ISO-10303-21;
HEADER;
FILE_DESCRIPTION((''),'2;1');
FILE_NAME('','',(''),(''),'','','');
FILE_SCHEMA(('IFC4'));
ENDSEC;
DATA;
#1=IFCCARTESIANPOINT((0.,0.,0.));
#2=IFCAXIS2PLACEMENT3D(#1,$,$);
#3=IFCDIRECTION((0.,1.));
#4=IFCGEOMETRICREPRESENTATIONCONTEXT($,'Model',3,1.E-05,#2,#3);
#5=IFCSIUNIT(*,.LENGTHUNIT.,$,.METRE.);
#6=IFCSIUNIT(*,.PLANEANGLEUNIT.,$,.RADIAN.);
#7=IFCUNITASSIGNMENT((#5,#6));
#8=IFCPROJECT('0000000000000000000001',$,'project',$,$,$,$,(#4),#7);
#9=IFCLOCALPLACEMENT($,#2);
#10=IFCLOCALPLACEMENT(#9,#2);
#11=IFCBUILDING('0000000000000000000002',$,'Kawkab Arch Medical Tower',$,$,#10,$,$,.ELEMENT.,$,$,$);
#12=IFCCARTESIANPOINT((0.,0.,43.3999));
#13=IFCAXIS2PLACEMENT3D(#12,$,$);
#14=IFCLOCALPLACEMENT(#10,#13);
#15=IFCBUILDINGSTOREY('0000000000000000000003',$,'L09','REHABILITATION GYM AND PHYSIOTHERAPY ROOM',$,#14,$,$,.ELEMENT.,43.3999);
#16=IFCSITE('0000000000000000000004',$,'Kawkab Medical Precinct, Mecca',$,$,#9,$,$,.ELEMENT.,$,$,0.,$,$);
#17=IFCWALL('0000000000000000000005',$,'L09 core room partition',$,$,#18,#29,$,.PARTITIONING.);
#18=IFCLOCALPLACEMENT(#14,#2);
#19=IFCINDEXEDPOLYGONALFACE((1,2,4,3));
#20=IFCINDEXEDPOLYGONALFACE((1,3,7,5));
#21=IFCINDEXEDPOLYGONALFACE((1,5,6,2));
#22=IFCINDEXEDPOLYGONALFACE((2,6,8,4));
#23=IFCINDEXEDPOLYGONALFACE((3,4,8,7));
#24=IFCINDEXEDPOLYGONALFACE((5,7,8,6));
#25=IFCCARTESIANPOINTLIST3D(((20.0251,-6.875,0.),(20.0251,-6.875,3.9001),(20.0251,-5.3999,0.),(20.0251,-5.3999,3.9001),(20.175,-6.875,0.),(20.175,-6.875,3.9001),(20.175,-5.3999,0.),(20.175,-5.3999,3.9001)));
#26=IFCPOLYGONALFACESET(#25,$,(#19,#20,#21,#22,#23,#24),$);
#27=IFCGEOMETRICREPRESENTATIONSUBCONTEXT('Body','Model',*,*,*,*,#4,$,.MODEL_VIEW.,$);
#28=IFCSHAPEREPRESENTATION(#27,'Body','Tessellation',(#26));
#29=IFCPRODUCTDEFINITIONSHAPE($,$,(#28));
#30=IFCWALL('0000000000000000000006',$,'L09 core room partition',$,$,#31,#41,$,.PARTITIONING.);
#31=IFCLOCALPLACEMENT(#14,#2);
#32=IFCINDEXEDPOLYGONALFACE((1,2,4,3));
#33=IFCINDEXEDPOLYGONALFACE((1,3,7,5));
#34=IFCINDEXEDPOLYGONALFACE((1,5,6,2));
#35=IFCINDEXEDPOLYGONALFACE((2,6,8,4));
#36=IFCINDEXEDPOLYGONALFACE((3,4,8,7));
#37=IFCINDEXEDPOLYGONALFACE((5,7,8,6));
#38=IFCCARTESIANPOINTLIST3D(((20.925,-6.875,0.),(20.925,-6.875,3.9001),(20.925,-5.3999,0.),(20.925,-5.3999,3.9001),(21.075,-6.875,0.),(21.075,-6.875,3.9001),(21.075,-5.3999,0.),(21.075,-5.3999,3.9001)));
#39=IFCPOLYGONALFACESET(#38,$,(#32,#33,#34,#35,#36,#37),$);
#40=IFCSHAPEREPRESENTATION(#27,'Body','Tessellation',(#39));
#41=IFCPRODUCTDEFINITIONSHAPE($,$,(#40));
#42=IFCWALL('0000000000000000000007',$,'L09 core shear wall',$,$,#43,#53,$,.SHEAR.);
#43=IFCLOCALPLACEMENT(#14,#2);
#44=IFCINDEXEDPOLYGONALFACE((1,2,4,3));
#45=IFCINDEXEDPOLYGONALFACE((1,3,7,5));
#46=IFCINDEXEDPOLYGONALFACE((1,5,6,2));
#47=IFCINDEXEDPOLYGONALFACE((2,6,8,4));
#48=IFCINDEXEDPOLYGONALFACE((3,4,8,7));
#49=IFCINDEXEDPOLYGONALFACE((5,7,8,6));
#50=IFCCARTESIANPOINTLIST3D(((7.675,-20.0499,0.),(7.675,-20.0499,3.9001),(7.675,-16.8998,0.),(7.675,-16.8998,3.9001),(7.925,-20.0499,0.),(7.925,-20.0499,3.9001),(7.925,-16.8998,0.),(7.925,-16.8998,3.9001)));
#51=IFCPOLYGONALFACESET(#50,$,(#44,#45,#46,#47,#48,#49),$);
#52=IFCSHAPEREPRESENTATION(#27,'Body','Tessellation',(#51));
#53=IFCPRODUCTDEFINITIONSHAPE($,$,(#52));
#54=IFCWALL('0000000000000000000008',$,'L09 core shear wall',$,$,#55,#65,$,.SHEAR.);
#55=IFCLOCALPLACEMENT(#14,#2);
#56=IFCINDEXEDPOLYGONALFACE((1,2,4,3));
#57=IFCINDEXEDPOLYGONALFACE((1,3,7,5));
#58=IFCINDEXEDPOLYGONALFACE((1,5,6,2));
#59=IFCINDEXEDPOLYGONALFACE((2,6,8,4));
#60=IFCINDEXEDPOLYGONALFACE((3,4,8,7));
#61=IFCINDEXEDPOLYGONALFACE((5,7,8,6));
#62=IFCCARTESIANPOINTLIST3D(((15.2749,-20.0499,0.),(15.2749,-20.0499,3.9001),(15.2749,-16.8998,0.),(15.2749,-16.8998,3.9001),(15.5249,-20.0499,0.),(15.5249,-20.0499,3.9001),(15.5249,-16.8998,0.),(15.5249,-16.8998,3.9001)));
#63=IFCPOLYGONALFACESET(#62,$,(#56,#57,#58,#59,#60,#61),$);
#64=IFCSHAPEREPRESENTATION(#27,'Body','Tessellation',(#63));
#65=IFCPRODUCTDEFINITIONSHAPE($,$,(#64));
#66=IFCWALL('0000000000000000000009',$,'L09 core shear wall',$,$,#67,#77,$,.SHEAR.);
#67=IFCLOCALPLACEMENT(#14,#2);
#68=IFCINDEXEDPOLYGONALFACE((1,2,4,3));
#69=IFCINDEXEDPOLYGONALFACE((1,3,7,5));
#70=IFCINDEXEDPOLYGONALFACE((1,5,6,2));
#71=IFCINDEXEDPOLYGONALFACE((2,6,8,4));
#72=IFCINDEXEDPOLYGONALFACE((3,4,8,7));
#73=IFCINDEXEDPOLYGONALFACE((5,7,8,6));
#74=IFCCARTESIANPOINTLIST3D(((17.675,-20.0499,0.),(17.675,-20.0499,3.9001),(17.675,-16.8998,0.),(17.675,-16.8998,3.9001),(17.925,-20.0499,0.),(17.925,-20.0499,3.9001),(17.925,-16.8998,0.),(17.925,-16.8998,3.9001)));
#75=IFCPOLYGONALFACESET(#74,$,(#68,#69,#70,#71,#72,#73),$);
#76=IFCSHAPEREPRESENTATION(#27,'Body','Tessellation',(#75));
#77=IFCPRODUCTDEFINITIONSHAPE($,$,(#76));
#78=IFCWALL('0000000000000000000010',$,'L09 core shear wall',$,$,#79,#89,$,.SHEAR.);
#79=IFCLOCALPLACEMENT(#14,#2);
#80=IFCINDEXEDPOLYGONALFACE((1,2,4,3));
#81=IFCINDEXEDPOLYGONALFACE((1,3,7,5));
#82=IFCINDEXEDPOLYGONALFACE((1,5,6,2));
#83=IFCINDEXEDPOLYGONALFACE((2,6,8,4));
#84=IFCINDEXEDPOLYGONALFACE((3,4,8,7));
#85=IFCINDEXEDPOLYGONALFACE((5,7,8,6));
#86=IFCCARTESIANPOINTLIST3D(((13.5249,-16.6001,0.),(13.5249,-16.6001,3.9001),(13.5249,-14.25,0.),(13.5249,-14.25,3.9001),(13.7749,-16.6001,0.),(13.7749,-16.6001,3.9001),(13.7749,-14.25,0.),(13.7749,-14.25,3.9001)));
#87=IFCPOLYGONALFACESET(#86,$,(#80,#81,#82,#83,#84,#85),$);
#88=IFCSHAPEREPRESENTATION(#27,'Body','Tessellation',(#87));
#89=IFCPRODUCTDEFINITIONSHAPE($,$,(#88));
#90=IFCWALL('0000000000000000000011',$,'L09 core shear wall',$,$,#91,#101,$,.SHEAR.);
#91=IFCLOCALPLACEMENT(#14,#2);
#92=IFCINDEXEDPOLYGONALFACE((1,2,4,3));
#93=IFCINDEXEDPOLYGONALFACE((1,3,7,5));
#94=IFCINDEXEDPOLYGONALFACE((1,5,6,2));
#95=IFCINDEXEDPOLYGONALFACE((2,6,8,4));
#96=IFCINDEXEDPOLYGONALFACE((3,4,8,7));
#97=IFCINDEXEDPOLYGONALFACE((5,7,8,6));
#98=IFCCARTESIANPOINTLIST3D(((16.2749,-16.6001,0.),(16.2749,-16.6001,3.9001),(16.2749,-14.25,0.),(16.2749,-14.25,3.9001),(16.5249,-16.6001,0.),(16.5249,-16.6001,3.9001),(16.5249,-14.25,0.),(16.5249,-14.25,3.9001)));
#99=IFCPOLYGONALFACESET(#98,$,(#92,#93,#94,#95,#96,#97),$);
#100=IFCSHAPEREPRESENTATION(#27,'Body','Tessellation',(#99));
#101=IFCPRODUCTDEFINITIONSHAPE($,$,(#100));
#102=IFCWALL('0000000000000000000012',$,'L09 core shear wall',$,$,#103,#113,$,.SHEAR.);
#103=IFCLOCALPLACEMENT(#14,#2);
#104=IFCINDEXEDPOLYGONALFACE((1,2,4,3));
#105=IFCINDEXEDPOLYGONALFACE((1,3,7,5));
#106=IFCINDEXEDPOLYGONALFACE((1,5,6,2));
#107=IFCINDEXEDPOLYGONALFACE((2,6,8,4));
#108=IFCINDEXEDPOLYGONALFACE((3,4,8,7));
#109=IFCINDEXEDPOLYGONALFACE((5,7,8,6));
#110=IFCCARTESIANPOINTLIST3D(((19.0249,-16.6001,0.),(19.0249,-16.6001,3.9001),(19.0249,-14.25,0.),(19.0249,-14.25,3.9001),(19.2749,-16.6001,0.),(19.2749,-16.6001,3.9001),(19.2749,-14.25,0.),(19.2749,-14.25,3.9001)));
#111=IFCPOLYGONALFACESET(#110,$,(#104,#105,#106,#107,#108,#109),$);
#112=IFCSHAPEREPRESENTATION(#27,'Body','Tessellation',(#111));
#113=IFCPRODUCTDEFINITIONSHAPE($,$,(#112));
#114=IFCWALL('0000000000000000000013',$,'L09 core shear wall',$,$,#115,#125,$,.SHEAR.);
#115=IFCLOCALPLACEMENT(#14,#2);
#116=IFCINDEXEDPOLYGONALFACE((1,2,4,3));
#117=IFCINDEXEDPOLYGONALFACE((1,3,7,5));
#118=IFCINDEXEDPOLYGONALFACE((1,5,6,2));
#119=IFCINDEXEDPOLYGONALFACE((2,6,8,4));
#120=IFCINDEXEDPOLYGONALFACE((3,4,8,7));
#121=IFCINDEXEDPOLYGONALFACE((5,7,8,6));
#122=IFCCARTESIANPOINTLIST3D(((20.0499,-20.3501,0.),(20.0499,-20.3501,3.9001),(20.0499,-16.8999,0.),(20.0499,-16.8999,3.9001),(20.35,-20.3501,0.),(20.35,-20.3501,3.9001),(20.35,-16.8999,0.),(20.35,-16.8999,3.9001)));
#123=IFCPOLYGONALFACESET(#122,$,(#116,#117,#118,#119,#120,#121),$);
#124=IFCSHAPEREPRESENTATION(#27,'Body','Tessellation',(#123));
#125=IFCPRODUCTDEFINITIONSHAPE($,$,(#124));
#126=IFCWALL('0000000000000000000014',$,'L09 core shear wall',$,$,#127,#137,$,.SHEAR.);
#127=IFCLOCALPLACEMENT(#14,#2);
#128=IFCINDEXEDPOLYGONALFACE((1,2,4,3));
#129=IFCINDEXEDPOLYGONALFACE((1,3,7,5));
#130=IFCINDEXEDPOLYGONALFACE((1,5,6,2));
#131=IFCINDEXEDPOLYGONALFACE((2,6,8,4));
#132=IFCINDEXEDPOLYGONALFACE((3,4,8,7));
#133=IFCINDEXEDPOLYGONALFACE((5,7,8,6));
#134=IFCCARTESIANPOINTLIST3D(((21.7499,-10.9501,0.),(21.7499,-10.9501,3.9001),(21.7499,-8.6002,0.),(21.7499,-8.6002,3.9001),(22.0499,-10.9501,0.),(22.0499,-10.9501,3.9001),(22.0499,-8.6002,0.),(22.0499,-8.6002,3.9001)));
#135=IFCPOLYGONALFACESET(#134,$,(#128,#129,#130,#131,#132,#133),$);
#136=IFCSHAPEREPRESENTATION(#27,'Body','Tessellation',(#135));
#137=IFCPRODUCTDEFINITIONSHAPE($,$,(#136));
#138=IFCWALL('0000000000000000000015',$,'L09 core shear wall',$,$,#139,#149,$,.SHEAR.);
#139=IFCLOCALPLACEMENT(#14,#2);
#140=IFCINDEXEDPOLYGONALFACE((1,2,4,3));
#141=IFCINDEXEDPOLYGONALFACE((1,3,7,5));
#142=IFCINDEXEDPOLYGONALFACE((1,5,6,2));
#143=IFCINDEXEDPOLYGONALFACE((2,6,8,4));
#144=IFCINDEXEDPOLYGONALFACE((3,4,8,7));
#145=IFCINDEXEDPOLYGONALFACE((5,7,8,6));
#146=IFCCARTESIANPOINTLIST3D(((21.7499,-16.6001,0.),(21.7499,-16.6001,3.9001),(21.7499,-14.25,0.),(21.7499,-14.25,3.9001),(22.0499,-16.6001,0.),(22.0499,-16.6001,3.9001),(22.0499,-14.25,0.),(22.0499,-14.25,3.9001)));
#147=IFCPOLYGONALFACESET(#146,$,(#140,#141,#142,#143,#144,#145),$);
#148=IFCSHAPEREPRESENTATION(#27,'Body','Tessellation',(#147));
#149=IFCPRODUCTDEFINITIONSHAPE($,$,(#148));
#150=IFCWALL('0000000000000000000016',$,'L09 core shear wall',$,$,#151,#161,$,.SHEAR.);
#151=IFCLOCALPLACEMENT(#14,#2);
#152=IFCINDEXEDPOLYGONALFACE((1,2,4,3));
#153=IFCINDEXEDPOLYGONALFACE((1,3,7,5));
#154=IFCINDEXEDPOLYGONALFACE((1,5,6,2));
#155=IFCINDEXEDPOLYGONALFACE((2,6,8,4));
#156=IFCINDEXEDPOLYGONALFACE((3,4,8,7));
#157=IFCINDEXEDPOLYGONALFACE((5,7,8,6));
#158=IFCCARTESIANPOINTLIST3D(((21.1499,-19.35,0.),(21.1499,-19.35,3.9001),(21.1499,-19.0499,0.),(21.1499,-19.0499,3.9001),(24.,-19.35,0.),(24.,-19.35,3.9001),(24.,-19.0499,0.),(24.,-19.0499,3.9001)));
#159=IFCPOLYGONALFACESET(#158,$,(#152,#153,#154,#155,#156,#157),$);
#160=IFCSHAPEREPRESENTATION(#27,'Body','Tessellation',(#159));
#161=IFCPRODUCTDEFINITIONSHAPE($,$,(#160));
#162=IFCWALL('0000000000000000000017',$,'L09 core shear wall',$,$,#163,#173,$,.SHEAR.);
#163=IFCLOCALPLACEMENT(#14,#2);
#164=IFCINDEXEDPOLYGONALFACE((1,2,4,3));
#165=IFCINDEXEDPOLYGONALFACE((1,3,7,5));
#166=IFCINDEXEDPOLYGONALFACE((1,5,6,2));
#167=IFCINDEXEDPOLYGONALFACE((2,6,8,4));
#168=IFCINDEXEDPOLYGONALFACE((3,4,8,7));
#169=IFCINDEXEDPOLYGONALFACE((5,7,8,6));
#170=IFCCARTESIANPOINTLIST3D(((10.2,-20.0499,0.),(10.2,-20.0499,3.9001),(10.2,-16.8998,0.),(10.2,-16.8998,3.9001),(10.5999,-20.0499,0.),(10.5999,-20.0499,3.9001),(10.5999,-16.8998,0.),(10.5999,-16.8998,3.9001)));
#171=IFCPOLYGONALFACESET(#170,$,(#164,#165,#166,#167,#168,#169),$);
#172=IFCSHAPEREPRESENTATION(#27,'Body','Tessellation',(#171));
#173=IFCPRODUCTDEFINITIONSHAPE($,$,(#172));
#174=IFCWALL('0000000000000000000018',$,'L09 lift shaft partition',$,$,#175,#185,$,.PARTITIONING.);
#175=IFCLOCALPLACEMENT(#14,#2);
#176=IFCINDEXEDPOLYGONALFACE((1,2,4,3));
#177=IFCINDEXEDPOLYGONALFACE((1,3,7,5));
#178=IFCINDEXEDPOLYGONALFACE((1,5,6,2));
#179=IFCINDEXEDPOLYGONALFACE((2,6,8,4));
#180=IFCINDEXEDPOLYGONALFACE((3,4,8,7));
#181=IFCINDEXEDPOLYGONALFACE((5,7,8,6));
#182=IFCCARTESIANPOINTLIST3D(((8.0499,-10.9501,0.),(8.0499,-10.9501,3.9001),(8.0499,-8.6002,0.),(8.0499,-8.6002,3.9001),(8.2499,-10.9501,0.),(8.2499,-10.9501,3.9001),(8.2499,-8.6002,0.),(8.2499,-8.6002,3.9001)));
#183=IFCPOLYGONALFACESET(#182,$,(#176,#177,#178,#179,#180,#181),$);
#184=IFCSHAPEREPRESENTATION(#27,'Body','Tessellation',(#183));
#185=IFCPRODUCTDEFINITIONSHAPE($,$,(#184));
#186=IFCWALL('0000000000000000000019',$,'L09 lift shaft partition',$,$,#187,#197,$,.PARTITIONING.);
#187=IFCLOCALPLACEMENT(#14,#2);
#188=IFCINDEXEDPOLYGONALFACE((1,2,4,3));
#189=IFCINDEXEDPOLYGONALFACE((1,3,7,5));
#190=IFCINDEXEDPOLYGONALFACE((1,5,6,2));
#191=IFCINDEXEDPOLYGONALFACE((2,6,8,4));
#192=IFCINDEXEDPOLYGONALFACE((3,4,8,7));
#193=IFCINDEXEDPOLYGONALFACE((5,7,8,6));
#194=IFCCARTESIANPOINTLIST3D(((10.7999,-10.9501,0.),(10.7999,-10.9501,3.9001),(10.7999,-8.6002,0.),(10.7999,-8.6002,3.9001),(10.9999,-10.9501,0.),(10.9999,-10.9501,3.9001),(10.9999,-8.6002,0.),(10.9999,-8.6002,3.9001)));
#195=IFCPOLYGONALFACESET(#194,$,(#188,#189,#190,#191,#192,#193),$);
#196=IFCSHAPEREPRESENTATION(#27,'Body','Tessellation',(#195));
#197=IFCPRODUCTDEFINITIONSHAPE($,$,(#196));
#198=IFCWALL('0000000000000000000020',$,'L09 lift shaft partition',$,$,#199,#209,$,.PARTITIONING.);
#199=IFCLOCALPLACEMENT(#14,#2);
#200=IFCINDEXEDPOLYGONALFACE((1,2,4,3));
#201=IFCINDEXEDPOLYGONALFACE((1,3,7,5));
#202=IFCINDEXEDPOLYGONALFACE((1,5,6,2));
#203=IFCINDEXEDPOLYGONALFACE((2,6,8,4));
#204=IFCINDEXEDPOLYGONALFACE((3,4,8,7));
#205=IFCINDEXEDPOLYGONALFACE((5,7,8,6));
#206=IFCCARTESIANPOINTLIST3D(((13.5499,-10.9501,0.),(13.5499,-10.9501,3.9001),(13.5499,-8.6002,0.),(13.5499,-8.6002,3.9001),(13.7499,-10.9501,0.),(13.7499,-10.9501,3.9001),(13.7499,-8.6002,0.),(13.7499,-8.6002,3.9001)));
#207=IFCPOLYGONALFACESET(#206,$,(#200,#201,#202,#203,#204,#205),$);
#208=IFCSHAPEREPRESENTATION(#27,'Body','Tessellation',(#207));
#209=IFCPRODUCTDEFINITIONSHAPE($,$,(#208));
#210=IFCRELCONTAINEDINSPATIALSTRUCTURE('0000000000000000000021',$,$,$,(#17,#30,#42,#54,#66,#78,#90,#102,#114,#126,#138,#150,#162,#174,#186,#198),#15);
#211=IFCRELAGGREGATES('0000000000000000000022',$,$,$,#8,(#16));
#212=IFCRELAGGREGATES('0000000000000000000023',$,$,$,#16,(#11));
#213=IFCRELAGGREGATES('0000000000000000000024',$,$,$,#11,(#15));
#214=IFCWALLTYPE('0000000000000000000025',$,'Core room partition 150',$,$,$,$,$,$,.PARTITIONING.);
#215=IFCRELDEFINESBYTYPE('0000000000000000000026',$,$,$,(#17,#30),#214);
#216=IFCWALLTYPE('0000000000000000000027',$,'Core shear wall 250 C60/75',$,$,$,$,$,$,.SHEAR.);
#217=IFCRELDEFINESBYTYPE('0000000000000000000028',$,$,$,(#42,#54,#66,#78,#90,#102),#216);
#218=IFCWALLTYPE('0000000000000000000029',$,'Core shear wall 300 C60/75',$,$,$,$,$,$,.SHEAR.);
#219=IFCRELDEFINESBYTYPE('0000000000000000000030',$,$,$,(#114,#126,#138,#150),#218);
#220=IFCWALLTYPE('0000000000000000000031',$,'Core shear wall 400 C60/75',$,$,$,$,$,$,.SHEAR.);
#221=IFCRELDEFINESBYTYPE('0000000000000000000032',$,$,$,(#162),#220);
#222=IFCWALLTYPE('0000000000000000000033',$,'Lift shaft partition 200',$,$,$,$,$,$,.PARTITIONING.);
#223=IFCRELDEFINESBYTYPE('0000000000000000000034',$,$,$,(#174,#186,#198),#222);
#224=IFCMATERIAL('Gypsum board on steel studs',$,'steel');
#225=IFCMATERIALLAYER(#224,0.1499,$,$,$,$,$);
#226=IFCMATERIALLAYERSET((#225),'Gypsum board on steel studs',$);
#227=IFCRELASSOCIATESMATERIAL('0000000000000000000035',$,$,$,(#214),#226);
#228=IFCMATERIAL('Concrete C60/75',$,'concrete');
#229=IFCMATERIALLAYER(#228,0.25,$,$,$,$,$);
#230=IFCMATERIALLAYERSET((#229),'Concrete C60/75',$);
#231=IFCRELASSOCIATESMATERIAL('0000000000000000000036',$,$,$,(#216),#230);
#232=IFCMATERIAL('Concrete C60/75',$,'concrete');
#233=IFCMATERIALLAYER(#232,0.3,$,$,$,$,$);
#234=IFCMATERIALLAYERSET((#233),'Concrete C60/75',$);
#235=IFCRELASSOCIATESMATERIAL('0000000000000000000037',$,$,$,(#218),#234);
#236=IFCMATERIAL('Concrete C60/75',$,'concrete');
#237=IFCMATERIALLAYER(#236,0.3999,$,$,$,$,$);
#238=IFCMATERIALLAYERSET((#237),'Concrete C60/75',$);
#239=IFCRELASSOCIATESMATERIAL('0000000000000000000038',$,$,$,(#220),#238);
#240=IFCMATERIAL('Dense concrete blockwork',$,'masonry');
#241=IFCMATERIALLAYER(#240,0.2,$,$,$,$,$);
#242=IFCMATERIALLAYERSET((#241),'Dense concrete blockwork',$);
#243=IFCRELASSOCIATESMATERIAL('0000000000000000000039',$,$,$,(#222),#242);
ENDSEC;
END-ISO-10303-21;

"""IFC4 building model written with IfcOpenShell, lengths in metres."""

from ifc_helpers import new_model, si_unit, direction, frame, frame_2d, origin, place, context, subcontext, project, spatial, rectangle, extrude, material, layer, layer_set, type_object, element, save


model = new_model("IFC4")

# Units and contexts
model_context = context("Model", 3, precision=1e-05, world=origin(), true_north=direction((0.0, 1.0)))
body_context = subcontext(model_context, "Body", "Model", "MODEL_VIEW")
ifc_project = project(units=[si_unit("LENGTHUNIT", "METRE"), si_unit("PLANEANGLEUNIT", "RADIAN")], contexts=[model_context])

# Site, building, storey
site_placement = place(None, origin())
site = spatial("IfcSite", under=ifc_project, at=site_placement, Name="Kawkab Medical Precinct, Mecca", CompositionType="ELEMENT", RefElevation=0.0)
building_placement = place(site_placement, origin())
building = spatial("IfcBuilding", under=site, at=building_placement, Name="Kawkab Arch Medical Tower", CompositionType="ELEMENT")
storey_placement = place(building_placement, frame((0.0, 0.0, 43.3999)))
storey = spatial("IfcBuildingStorey", under=building, at=storey_placement, Name="L09", Description="REHABILITATION GYM AND PHYSIOTHERAPY ROOM", CompositionType="ELEMENT", Elevation=43.3999)

# Shared definitions
ifc_material_1 = material(Name="Gypsum board on steel studs", Category="steel")
ifc_layer_1 = layer(ifc_material_1, 0.1499)
ifc_layer_set_1 = layer_set([ifc_layer_1], Name="Gypsum board on steel studs")
wall_type_1 = type_object("IfcWallType", Name="Core room partition 150", PredefinedType="PARTITIONING", material=ifc_layer_set_1)

# Walls
for number, where, z_axis, x_axis, name in (
    (1, (20.1001, -6.875, 0.0), (0.0, 0.0, 1.0), (0.0, 1.0, 0.0), "L09 core room partition"),
    (2, (21.0, -6.875, 0.0), (0.0, 0.0, 1.0), (0.0, 1.0, 0.0), "L09 core room partition"),
):
    element("IfcWall", number, at=place(storey_placement, frame(where, z_axis=z_axis, x_axis=x_axis)), inside=storey, type_object=wall_type_1, Name=name, PredefinedType="PARTITIONING", context=body_context, shape_type="SweptSolid", body=[
        extrude(rectangle(XDim=1.4751, YDim=0.1499, at=frame_2d((0.7375, 0.0))), origin(), (0.0, 0.0, 1.0), 3.9001),
    ])
ifc_material_2 = material(Name="Concrete C60/75", Category="concrete")
ifc_layer_2 = layer(ifc_material_2, 0.25)
ifc_layer_set_2 = layer_set([ifc_layer_2], Name="Concrete C60/75")
wall_type_2 = type_object("IfcWallType", Name="Core shear wall 250 C60/75", PredefinedType="SHEAR", material=ifc_layer_set_2)
for number, where, z_axis, x_axis, name in (
    (3, (7.8, -20.05, 0.0), (0.0, 0.0, 1.0), (0.0, 1.0, 0.0), "L09 core shear wall"),
    (4, (15.3999, -20.05, 0.0), (0.0, 0.0, 1.0), (0.0, 1.0, 0.0), "L09 core shear wall"),
    (5, (17.8, -20.05, 0.0), (0.0, 0.0, 1.0), (0.0, 1.0, 0.0), "L09 core shear wall"),
):
    element("IfcWall", number, at=place(storey_placement, frame(where, z_axis=z_axis, x_axis=x_axis)), inside=storey, type_object=wall_type_2, Name=name, PredefinedType="SHEAR", context=body_context, shape_type="SweptSolid", body=[
        extrude(rectangle(XDim=3.1501, YDim=0.25, at=frame_2d((1.5752, 0.0))), origin(), (0.0, 0.0, 1.0), 3.9001),
    ])
for number, where, z_axis, x_axis, name in (
    (6, (13.6499, -16.6001, 0.0), (0.0, 0.0, 1.0), (0.0, 1.0, 0.0), "L09 core shear wall"),
    (7, (16.3999, -16.6001, 0.0), (0.0, 0.0, 1.0), (0.0, 1.0, 0.0), "L09 core shear wall"),
    (8, (19.1499, -16.6001, 0.0), (0.0, 0.0, 1.0), (0.0, 1.0, 0.0), "L09 core shear wall"),
):
    element("IfcWall", number, at=place(storey_placement, frame(where, z_axis=z_axis, x_axis=x_axis)), inside=storey, type_object=wall_type_2, Name=name, PredefinedType="SHEAR", context=body_context, shape_type="SweptSolid", body=[
        extrude(rectangle(XDim=2.3501, YDim=0.25, at=frame_2d((1.175, 0.0))), origin(), (0.0, 0.0, 1.0), 3.9001),
    ])
ifc_material_3 = material(Name="Concrete C60/75", Category="concrete")
ifc_layer_3 = layer(ifc_material_3, 0.3)
ifc_layer_set_3 = layer_set([ifc_layer_3], Name="Concrete C60/75")
wall_type_3 = type_object("IfcWallType", Name="Core shear wall 300 C60/75", PredefinedType="SHEAR", material=ifc_layer_set_3)
wall_1_placement = place(storey_placement, frame((20.2, -20.3501, 0.0), z_axis=(0.0, 0.0, 1.0), x_axis=(0.0, 1.0, 0.0)))
element("IfcWall", 9, at=wall_1_placement, inside=storey, type_object=wall_type_3, Name="L09 core shear wall", PredefinedType="SHEAR", context=body_context, shape_type="SweptSolid", body=[
    extrude(rectangle(XDim=3.4502, YDim=0.3, at=frame_2d((1.7251, 0.0))), origin(), (0.0, 0.0, 1.0), 3.9001),
])
wall_2_placement = place(storey_placement, frame((21.8999, -10.95, 0.0), z_axis=(0.0, 0.0, 1.0), x_axis=(0.0, 1.0, 0.0)))
element("IfcWall", 10, at=wall_2_placement, inside=storey, type_object=wall_type_3, Name="L09 core shear wall", PredefinedType="SHEAR", context=body_context, shape_type="SweptSolid", body=[
    extrude(rectangle(XDim=2.3499, YDim=0.3, at=frame_2d((1.1748, 0.0))), origin(), (0.0, 0.0, 1.0), 3.9001),
])
wall_3_placement = place(storey_placement, frame((21.8999, -16.6001, 0.0), z_axis=(0.0, 0.0, 1.0), x_axis=(0.0, 1.0, 0.0)))
element("IfcWall", 11, at=wall_3_placement, inside=storey, type_object=wall_type_3, Name="L09 core shear wall", PredefinedType="SHEAR", context=body_context, shape_type="SweptSolid", body=[
    extrude(rectangle(XDim=2.3501, YDim=0.3, at=frame_2d((1.175, 0.0))), origin(), (0.0, 0.0, 1.0), 3.9001),
])
wall_4_placement = place(storey_placement, frame((21.1499, -19.2, 0.0), z_axis=(0.0, 0.0, 1.0), x_axis=(1.0, 0.0, 0.0)))
element("IfcWall", 12, at=wall_4_placement, inside=storey, type_object=wall_type_3, Name="L09 core shear wall", PredefinedType="SHEAR", context=body_context, shape_type="SweptSolid", body=[
    extrude(rectangle(XDim=2.8501, YDim=0.3, at=frame_2d((1.425, 0.0))), origin(), (0.0, 0.0, 1.0), 3.9001),
])
ifc_material_4 = material(Name="Concrete C60/75", Category="concrete")
ifc_layer_4 = layer(ifc_material_4, 0.3999)
ifc_layer_set_4 = layer_set([ifc_layer_4], Name="Concrete C60/75")
wall_type_4 = type_object("IfcWallType", Name="Core shear wall 400 C60/75", PredefinedType="SHEAR", material=ifc_layer_set_4)
wall_5_placement = place(storey_placement, frame((10.3999, -20.05, 0.0), z_axis=(0.0, 0.0, 1.0), x_axis=(0.0, 1.0, 0.0)))
element("IfcWall", 13, at=wall_5_placement, inside=storey, type_object=wall_type_4, Name="L09 core shear wall", PredefinedType="SHEAR", context=body_context, shape_type="SweptSolid", body=[
    extrude(rectangle(XDim=3.1501, YDim=0.3999, at=frame_2d((1.5752, 0.0))), origin(), (0.0, 0.0, 1.0), 3.9001),
])
ifc_material_5 = material(Name="Dense concrete blockwork", Category="masonry")
ifc_layer_5 = layer(ifc_material_5, 0.2)
ifc_layer_set_5 = layer_set([ifc_layer_5], Name="Dense concrete blockwork")
wall_type_5 = type_object("IfcWallType", Name="Lift shaft partition 200", PredefinedType="PARTITIONING", material=ifc_layer_set_5)
for number, where, z_axis, x_axis, name in (
    (14, (8.1499, -10.95, 0.0), (0.0, 0.0, 1.0), (0.0, 1.0, 0.0), "L09 lift shaft partition"),
    (15, (10.8999, -10.95, 0.0), (0.0, 0.0, 1.0), (0.0, 1.0, 0.0), "L09 lift shaft partition"),
    (16, (13.6499, -10.95, 0.0), (0.0, 0.0, 1.0), (0.0, 1.0, 0.0), "L09 lift shaft partition"),
):
    element("IfcWall", number, at=place(storey_placement, frame(where, z_axis=z_axis, x_axis=x_axis)), inside=storey, type_object=wall_type_5, Name=name, PredefinedType="PARTITIONING", context=body_context, shape_type="SweptSolid", body=[
        extrude(rectangle(XDim=2.3499, YDim=0.2, at=frame_2d((1.1748, 0.0))), origin(), (0.0, 0.0, 1.0), 3.9001),
    ])

save(model, "model.ifc")
